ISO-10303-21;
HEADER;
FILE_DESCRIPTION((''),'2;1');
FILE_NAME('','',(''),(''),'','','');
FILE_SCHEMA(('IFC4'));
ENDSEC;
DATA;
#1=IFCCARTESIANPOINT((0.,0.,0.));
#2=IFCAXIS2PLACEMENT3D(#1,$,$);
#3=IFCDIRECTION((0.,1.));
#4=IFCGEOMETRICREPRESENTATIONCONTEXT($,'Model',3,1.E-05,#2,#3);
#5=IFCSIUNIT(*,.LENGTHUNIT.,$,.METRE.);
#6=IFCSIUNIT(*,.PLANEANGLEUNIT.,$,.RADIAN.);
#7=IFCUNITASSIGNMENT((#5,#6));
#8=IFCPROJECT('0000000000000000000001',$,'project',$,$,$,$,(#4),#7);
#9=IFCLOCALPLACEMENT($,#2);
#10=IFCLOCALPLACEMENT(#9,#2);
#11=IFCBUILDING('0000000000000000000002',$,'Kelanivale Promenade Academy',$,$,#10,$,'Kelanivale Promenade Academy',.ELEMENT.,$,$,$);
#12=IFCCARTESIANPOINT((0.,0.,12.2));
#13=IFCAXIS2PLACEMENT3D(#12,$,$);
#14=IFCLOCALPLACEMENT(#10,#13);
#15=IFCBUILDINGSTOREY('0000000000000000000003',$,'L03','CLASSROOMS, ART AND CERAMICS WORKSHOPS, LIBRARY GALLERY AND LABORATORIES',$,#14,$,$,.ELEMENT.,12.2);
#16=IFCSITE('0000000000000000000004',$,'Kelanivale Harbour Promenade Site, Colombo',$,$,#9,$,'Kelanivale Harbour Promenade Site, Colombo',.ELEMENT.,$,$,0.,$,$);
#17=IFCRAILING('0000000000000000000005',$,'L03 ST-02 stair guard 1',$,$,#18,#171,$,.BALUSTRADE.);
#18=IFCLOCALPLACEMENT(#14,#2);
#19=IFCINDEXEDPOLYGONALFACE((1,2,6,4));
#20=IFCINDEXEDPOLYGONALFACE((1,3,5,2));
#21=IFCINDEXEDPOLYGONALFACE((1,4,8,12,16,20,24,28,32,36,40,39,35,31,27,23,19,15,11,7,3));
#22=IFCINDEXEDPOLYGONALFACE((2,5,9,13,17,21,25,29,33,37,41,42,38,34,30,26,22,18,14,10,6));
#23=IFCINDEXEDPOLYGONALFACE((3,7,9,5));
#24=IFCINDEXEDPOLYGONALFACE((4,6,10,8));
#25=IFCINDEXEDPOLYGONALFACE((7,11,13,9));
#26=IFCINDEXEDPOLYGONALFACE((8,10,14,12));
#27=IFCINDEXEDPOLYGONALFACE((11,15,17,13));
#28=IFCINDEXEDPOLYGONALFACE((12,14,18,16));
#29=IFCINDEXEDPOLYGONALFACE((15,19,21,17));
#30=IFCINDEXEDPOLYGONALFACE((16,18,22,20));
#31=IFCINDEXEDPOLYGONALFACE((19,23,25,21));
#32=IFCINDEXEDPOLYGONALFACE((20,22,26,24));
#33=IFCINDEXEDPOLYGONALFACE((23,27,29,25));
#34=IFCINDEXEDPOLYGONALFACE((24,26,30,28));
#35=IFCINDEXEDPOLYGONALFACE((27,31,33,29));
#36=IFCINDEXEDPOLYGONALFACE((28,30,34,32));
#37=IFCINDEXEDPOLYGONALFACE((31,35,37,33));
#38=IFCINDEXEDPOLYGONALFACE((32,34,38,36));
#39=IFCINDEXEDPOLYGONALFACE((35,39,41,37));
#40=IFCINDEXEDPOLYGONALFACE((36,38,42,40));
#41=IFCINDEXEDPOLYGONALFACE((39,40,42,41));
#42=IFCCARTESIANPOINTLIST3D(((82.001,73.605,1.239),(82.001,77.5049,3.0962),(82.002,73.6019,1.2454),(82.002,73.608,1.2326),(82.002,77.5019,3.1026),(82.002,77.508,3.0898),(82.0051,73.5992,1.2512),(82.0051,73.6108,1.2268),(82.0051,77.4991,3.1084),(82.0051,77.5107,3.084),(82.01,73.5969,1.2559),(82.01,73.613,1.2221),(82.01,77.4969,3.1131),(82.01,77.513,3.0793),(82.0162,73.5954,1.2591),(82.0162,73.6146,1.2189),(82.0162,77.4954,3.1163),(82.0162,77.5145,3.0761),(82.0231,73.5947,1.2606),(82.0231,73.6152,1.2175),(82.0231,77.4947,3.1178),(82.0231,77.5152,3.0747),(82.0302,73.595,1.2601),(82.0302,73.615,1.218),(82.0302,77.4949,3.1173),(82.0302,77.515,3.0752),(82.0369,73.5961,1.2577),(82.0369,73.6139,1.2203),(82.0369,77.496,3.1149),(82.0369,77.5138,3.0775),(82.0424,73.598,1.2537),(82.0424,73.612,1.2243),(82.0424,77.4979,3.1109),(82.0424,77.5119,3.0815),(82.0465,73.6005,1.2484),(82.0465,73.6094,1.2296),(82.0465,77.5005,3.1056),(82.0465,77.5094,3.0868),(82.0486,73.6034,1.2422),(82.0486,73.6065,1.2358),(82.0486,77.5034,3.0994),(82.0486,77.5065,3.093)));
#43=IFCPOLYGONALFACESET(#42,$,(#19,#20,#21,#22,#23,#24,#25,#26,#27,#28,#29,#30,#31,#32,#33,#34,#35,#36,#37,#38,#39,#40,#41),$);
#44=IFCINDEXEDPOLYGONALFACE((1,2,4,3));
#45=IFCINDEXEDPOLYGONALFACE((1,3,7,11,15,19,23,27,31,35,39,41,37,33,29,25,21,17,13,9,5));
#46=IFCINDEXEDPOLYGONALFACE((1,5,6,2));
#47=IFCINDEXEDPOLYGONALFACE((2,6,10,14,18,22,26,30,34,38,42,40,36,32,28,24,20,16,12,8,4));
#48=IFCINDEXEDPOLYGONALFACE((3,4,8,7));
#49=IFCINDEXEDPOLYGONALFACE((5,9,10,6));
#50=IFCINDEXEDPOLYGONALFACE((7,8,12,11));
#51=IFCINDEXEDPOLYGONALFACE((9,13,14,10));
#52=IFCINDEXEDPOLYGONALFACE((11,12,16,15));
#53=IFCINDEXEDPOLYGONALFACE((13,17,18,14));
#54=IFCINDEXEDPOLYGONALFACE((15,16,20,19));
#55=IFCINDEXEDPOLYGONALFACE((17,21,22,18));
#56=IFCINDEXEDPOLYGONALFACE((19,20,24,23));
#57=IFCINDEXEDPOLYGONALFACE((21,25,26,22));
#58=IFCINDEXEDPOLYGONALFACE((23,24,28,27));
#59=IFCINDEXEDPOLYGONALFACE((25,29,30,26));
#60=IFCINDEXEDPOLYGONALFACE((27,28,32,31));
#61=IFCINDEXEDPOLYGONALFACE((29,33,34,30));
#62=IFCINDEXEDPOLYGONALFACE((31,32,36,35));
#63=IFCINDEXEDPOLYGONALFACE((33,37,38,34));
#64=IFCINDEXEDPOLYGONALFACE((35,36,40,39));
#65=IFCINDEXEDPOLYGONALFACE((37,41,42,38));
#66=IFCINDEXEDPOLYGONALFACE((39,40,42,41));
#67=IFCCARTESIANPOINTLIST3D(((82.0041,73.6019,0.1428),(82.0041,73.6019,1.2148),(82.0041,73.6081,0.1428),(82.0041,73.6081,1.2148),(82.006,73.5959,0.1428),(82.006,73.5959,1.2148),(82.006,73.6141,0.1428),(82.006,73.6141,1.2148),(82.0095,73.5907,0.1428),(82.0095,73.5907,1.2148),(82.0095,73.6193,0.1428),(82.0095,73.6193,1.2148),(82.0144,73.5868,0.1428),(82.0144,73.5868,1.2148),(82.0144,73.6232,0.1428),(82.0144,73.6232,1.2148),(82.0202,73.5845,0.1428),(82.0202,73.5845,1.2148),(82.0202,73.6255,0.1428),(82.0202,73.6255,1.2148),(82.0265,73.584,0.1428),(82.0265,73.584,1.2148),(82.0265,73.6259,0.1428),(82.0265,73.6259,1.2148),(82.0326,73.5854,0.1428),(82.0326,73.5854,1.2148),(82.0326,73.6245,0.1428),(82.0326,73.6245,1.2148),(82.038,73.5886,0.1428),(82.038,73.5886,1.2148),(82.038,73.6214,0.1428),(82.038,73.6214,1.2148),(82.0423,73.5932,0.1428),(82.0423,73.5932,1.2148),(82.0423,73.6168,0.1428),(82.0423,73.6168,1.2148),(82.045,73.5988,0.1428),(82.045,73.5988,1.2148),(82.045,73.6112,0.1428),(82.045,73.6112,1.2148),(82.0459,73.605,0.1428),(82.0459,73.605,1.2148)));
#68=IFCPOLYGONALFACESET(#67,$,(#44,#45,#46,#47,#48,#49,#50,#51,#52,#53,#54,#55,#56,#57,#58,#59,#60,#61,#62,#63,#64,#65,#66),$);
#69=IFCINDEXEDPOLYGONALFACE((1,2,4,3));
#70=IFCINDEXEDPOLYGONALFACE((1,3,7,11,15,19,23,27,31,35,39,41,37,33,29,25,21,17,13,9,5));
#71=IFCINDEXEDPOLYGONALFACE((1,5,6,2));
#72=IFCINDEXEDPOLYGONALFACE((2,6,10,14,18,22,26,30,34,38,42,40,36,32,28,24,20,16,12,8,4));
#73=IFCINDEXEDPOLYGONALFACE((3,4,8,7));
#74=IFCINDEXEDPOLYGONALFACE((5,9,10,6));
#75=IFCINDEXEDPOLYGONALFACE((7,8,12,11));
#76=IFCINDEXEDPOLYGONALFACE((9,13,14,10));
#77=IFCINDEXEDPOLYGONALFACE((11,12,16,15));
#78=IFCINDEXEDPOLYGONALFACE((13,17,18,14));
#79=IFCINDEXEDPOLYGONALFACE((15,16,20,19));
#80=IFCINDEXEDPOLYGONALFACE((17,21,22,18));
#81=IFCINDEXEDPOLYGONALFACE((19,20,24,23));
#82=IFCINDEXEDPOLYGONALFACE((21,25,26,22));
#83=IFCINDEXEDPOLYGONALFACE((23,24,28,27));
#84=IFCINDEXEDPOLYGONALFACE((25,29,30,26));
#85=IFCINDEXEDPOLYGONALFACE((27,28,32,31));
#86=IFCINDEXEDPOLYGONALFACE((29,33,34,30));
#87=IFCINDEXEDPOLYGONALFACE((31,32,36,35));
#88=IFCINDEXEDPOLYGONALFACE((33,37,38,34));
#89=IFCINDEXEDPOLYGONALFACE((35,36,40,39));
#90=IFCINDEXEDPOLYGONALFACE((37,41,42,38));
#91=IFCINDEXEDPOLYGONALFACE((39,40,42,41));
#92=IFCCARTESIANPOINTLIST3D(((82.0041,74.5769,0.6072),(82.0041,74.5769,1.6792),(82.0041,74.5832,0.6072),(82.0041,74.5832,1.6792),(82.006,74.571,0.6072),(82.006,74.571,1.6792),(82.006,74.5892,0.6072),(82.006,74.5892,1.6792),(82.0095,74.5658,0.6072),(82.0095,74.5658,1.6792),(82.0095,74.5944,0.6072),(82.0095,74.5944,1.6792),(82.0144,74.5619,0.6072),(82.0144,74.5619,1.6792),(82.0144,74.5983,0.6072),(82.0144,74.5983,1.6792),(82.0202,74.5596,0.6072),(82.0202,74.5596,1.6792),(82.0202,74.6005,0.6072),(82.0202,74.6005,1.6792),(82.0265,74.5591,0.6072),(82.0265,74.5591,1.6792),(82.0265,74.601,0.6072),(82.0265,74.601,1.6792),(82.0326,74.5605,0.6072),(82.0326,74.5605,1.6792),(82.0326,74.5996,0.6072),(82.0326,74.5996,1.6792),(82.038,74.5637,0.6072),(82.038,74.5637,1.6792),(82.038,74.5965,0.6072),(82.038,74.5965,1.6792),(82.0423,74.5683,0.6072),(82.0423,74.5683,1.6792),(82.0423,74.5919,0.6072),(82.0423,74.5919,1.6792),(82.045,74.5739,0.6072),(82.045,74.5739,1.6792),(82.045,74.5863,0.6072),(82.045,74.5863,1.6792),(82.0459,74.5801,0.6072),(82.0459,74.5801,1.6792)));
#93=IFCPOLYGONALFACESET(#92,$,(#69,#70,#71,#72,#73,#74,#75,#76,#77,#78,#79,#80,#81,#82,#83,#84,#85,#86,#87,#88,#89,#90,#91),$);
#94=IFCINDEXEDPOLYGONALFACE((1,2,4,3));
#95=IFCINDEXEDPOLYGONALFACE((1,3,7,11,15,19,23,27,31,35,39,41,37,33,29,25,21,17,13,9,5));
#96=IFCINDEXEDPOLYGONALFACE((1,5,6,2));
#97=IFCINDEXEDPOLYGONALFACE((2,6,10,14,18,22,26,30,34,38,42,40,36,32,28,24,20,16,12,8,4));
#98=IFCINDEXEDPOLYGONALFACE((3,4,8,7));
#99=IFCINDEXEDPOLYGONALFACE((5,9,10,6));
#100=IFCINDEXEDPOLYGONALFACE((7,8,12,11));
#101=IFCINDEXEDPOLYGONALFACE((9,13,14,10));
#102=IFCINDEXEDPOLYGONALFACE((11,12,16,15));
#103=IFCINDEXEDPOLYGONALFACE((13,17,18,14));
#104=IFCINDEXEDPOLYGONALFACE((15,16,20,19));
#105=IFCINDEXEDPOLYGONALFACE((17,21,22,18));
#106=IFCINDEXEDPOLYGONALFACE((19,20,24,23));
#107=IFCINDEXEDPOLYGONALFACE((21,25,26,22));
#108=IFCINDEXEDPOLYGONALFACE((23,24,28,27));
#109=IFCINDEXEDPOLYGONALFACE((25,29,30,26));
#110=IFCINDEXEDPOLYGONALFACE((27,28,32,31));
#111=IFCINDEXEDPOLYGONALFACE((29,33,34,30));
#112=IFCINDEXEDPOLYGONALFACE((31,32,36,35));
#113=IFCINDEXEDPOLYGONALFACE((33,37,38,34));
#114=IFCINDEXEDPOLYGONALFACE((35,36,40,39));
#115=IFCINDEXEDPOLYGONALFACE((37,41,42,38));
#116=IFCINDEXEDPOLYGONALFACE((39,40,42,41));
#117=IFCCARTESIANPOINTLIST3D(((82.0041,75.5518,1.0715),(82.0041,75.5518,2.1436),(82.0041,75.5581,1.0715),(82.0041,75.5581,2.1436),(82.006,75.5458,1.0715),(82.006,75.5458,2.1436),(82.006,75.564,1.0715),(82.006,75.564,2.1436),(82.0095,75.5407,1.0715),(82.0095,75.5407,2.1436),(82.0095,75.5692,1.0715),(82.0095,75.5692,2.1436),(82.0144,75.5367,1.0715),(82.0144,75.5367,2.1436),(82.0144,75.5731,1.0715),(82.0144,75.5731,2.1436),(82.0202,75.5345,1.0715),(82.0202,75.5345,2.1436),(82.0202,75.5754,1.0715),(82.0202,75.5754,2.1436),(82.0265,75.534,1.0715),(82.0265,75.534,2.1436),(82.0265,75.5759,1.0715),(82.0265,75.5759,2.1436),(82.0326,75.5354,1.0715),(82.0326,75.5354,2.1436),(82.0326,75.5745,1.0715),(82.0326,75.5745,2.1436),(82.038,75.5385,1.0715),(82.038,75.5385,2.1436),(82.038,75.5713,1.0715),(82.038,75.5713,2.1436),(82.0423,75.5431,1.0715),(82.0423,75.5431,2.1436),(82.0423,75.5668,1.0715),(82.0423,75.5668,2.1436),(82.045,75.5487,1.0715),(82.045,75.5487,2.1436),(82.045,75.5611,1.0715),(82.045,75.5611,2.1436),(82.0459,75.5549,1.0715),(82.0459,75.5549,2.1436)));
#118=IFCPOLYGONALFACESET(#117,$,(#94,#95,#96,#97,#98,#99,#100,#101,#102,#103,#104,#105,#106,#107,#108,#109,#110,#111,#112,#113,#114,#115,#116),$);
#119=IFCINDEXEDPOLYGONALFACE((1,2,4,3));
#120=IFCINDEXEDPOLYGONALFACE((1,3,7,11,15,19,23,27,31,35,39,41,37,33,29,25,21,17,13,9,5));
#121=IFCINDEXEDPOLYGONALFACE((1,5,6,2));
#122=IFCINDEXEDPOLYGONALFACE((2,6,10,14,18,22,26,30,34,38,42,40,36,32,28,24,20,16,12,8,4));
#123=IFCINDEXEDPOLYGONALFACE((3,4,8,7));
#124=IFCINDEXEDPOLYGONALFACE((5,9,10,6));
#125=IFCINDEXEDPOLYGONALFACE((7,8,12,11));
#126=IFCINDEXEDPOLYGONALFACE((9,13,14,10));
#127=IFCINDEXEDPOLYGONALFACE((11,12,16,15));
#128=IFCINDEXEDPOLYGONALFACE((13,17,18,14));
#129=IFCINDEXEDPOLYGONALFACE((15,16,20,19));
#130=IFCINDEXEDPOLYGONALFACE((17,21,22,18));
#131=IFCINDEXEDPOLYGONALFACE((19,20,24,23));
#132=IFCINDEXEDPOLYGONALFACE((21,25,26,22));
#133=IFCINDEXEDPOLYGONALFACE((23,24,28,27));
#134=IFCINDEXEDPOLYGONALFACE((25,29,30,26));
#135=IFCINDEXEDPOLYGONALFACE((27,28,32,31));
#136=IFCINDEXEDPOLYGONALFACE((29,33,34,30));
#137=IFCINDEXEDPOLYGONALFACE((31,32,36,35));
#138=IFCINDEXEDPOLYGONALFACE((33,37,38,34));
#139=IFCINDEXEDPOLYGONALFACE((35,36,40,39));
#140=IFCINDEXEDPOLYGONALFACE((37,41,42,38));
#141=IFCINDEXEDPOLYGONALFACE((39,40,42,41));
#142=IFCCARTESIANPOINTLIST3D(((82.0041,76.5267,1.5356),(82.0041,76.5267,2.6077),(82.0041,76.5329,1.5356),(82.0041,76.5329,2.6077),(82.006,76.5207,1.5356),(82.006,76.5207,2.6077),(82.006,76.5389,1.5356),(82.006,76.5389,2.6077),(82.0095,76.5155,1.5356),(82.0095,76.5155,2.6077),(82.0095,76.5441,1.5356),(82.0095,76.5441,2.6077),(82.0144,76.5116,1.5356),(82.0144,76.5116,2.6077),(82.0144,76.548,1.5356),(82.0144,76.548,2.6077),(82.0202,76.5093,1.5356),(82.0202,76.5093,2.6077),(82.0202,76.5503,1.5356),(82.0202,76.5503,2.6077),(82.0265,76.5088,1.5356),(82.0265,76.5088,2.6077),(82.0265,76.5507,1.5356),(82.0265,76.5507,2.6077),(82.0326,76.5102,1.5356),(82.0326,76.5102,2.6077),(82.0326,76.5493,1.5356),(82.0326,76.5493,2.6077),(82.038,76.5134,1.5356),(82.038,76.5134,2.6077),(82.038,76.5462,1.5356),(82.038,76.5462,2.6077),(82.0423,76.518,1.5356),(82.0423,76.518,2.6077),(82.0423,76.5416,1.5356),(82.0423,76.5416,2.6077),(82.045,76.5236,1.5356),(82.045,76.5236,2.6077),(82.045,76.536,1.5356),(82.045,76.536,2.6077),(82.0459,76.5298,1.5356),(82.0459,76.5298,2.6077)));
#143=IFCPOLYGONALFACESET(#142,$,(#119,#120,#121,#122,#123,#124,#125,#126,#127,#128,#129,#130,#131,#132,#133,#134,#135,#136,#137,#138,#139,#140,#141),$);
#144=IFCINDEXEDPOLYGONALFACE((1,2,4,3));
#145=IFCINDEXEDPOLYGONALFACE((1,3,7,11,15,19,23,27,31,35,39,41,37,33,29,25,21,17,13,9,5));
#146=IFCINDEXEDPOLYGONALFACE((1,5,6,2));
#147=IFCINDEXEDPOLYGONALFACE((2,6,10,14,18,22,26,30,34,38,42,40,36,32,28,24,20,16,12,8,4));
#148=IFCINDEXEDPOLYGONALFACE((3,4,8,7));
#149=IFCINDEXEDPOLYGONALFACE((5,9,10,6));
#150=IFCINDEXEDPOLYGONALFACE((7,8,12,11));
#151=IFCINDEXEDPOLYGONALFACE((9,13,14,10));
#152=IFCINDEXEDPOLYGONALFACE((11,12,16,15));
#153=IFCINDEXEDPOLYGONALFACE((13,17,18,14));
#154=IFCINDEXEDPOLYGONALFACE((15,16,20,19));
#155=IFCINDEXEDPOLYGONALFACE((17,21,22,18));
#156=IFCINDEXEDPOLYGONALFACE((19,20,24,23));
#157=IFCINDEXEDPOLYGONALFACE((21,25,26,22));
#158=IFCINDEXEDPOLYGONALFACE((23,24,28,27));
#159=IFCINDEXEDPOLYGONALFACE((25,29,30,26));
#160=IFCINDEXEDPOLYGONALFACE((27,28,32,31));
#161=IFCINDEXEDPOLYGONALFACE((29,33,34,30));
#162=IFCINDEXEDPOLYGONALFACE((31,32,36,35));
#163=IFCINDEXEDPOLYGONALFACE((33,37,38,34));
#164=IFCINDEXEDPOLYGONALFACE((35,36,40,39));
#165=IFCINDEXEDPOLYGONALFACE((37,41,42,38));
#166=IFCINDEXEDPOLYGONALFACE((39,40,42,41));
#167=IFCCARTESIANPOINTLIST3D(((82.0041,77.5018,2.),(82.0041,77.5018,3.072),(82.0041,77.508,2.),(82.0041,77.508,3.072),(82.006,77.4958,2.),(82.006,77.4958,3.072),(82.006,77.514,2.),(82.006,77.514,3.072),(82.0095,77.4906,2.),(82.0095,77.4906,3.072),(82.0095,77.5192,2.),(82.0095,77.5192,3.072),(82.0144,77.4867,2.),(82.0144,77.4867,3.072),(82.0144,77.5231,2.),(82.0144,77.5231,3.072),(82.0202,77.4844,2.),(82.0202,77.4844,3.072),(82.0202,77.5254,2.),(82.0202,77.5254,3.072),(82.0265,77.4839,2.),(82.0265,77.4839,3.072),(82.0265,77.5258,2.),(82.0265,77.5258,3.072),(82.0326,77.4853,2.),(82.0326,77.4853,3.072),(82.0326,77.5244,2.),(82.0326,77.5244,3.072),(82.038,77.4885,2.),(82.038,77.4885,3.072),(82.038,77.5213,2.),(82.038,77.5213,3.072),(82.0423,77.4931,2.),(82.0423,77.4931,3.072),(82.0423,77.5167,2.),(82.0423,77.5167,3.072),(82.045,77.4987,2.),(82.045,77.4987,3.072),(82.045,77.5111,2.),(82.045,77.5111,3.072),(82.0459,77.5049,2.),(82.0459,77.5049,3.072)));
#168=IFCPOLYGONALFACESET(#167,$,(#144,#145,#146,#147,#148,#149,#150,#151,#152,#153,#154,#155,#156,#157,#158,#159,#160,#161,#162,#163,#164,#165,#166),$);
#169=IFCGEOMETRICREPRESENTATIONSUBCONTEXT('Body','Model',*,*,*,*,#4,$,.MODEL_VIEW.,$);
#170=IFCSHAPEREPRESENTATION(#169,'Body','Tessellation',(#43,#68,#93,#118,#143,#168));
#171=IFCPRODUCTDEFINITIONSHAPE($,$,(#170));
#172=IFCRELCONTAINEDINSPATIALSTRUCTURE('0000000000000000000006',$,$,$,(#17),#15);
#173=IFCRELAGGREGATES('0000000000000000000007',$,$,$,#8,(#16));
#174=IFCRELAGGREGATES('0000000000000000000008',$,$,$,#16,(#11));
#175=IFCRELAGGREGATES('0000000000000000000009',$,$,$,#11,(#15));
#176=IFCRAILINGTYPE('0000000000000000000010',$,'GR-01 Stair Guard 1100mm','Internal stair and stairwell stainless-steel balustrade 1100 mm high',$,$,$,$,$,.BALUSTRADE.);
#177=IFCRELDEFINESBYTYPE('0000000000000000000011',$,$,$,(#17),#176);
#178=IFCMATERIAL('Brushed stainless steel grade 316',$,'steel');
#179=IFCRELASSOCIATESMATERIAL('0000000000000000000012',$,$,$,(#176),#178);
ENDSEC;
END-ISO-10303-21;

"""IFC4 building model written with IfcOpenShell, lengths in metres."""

from ifc_helpers import new_model, si_unit, direction, frame, origin, origin_2d, place, context, subcontext, project, spatial, circle, extrude, material, type_object, element, save


model = new_model("IFC4")

# Units and contexts
model_context = context("Model", 3, precision=1e-05, world=origin(), true_north=direction((0.0, 1.0)))
body_context = subcontext(model_context, "Body", "Model", "MODEL_VIEW")
ifc_project = project(units=[si_unit("LENGTHUNIT", "METRE"), si_unit("PLANEANGLEUNIT", "RADIAN")], contexts=[model_context])

# Site, building, storey
site_placement = place(None, origin())
site = spatial("IfcSite", under=ifc_project, at=site_placement, Name="Kelanivale Harbour Promenade Site, Colombo", LongName="Kelanivale Harbour Promenade Site, Colombo", CompositionType="ELEMENT", RefElevation=0.0)
building_placement = place(site_placement, origin())
building = spatial("IfcBuilding", under=site, at=building_placement, Name="Kelanivale Promenade Academy", LongName="Kelanivale Promenade Academy", CompositionType="ELEMENT")
storey_placement = place(building_placement, frame((0.0, 0.0, 12.2)))
storey = spatial("IfcBuildingStorey", under=building, at=storey_placement, Name="L03", Description="CLASSROOMS, ART AND CERAMICS WORKSHOPS, LIBRARY GALLERY AND LABORATORIES", CompositionType="ELEMENT", Elevation=12.2)

# Railing
ifc_material_1 = material(Name="Brushed stainless steel grade 316", Category="steel")
railing_type_1 = type_object("IfcRailingType", Name="GR-01 Stair Guard 1100mm", Description="Internal stair and stairwell stainless-steel balustrade 1100 mm high", PredefinedType="BALUSTRADE", material=ifc_material_1)
railing_1_placement = place(storey_placement, frame((82.0249, 73.605, 0.1428)))
element("IfcRailing", 1, at=railing_1_placement, inside=storey, type_object=railing_type_1, Name="L03 ST-02 stair guard 1", PredefinedType="BALUSTRADE", context=body_context, shape_type="SweptSolid", body=[
    extrude(circle(Radius=0.0239, at=origin_2d()), frame((0.0, 0.0, 1.0962), z_axis=(0.0, 0.902853, 0.429949), x_axis=(-1.0, 0.0, 0.0)), (0.0, 0.0, 1.0), 4.3196),
    extrude(circle(Radius=0.021, at=origin_2d()), origin(), (0.0, 0.0, 1.0), 1.072),
    extrude(circle(Radius=0.021, at=origin_2d()), frame((0.0, 0.9751, 0.4644)), (0.0, 0.0, 1.0), 1.072),
    extrude(circle(Radius=0.021, at=origin_2d()), frame((0.0, 1.95, 0.9287)), (0.0, 0.0, 1.0), 1.072),
    extrude(circle(Radius=0.021, at=origin_2d()), frame((0.0, 2.9248, 1.3928)), (0.0, 0.0, 1.0), 1.072),
    extrude(circle(Radius=0.021, at=origin_2d()), frame((0.0, 3.8999, 1.8572)), (0.0, 0.0, 1.0), 1.072),
])

save(model, "model.ifc")
